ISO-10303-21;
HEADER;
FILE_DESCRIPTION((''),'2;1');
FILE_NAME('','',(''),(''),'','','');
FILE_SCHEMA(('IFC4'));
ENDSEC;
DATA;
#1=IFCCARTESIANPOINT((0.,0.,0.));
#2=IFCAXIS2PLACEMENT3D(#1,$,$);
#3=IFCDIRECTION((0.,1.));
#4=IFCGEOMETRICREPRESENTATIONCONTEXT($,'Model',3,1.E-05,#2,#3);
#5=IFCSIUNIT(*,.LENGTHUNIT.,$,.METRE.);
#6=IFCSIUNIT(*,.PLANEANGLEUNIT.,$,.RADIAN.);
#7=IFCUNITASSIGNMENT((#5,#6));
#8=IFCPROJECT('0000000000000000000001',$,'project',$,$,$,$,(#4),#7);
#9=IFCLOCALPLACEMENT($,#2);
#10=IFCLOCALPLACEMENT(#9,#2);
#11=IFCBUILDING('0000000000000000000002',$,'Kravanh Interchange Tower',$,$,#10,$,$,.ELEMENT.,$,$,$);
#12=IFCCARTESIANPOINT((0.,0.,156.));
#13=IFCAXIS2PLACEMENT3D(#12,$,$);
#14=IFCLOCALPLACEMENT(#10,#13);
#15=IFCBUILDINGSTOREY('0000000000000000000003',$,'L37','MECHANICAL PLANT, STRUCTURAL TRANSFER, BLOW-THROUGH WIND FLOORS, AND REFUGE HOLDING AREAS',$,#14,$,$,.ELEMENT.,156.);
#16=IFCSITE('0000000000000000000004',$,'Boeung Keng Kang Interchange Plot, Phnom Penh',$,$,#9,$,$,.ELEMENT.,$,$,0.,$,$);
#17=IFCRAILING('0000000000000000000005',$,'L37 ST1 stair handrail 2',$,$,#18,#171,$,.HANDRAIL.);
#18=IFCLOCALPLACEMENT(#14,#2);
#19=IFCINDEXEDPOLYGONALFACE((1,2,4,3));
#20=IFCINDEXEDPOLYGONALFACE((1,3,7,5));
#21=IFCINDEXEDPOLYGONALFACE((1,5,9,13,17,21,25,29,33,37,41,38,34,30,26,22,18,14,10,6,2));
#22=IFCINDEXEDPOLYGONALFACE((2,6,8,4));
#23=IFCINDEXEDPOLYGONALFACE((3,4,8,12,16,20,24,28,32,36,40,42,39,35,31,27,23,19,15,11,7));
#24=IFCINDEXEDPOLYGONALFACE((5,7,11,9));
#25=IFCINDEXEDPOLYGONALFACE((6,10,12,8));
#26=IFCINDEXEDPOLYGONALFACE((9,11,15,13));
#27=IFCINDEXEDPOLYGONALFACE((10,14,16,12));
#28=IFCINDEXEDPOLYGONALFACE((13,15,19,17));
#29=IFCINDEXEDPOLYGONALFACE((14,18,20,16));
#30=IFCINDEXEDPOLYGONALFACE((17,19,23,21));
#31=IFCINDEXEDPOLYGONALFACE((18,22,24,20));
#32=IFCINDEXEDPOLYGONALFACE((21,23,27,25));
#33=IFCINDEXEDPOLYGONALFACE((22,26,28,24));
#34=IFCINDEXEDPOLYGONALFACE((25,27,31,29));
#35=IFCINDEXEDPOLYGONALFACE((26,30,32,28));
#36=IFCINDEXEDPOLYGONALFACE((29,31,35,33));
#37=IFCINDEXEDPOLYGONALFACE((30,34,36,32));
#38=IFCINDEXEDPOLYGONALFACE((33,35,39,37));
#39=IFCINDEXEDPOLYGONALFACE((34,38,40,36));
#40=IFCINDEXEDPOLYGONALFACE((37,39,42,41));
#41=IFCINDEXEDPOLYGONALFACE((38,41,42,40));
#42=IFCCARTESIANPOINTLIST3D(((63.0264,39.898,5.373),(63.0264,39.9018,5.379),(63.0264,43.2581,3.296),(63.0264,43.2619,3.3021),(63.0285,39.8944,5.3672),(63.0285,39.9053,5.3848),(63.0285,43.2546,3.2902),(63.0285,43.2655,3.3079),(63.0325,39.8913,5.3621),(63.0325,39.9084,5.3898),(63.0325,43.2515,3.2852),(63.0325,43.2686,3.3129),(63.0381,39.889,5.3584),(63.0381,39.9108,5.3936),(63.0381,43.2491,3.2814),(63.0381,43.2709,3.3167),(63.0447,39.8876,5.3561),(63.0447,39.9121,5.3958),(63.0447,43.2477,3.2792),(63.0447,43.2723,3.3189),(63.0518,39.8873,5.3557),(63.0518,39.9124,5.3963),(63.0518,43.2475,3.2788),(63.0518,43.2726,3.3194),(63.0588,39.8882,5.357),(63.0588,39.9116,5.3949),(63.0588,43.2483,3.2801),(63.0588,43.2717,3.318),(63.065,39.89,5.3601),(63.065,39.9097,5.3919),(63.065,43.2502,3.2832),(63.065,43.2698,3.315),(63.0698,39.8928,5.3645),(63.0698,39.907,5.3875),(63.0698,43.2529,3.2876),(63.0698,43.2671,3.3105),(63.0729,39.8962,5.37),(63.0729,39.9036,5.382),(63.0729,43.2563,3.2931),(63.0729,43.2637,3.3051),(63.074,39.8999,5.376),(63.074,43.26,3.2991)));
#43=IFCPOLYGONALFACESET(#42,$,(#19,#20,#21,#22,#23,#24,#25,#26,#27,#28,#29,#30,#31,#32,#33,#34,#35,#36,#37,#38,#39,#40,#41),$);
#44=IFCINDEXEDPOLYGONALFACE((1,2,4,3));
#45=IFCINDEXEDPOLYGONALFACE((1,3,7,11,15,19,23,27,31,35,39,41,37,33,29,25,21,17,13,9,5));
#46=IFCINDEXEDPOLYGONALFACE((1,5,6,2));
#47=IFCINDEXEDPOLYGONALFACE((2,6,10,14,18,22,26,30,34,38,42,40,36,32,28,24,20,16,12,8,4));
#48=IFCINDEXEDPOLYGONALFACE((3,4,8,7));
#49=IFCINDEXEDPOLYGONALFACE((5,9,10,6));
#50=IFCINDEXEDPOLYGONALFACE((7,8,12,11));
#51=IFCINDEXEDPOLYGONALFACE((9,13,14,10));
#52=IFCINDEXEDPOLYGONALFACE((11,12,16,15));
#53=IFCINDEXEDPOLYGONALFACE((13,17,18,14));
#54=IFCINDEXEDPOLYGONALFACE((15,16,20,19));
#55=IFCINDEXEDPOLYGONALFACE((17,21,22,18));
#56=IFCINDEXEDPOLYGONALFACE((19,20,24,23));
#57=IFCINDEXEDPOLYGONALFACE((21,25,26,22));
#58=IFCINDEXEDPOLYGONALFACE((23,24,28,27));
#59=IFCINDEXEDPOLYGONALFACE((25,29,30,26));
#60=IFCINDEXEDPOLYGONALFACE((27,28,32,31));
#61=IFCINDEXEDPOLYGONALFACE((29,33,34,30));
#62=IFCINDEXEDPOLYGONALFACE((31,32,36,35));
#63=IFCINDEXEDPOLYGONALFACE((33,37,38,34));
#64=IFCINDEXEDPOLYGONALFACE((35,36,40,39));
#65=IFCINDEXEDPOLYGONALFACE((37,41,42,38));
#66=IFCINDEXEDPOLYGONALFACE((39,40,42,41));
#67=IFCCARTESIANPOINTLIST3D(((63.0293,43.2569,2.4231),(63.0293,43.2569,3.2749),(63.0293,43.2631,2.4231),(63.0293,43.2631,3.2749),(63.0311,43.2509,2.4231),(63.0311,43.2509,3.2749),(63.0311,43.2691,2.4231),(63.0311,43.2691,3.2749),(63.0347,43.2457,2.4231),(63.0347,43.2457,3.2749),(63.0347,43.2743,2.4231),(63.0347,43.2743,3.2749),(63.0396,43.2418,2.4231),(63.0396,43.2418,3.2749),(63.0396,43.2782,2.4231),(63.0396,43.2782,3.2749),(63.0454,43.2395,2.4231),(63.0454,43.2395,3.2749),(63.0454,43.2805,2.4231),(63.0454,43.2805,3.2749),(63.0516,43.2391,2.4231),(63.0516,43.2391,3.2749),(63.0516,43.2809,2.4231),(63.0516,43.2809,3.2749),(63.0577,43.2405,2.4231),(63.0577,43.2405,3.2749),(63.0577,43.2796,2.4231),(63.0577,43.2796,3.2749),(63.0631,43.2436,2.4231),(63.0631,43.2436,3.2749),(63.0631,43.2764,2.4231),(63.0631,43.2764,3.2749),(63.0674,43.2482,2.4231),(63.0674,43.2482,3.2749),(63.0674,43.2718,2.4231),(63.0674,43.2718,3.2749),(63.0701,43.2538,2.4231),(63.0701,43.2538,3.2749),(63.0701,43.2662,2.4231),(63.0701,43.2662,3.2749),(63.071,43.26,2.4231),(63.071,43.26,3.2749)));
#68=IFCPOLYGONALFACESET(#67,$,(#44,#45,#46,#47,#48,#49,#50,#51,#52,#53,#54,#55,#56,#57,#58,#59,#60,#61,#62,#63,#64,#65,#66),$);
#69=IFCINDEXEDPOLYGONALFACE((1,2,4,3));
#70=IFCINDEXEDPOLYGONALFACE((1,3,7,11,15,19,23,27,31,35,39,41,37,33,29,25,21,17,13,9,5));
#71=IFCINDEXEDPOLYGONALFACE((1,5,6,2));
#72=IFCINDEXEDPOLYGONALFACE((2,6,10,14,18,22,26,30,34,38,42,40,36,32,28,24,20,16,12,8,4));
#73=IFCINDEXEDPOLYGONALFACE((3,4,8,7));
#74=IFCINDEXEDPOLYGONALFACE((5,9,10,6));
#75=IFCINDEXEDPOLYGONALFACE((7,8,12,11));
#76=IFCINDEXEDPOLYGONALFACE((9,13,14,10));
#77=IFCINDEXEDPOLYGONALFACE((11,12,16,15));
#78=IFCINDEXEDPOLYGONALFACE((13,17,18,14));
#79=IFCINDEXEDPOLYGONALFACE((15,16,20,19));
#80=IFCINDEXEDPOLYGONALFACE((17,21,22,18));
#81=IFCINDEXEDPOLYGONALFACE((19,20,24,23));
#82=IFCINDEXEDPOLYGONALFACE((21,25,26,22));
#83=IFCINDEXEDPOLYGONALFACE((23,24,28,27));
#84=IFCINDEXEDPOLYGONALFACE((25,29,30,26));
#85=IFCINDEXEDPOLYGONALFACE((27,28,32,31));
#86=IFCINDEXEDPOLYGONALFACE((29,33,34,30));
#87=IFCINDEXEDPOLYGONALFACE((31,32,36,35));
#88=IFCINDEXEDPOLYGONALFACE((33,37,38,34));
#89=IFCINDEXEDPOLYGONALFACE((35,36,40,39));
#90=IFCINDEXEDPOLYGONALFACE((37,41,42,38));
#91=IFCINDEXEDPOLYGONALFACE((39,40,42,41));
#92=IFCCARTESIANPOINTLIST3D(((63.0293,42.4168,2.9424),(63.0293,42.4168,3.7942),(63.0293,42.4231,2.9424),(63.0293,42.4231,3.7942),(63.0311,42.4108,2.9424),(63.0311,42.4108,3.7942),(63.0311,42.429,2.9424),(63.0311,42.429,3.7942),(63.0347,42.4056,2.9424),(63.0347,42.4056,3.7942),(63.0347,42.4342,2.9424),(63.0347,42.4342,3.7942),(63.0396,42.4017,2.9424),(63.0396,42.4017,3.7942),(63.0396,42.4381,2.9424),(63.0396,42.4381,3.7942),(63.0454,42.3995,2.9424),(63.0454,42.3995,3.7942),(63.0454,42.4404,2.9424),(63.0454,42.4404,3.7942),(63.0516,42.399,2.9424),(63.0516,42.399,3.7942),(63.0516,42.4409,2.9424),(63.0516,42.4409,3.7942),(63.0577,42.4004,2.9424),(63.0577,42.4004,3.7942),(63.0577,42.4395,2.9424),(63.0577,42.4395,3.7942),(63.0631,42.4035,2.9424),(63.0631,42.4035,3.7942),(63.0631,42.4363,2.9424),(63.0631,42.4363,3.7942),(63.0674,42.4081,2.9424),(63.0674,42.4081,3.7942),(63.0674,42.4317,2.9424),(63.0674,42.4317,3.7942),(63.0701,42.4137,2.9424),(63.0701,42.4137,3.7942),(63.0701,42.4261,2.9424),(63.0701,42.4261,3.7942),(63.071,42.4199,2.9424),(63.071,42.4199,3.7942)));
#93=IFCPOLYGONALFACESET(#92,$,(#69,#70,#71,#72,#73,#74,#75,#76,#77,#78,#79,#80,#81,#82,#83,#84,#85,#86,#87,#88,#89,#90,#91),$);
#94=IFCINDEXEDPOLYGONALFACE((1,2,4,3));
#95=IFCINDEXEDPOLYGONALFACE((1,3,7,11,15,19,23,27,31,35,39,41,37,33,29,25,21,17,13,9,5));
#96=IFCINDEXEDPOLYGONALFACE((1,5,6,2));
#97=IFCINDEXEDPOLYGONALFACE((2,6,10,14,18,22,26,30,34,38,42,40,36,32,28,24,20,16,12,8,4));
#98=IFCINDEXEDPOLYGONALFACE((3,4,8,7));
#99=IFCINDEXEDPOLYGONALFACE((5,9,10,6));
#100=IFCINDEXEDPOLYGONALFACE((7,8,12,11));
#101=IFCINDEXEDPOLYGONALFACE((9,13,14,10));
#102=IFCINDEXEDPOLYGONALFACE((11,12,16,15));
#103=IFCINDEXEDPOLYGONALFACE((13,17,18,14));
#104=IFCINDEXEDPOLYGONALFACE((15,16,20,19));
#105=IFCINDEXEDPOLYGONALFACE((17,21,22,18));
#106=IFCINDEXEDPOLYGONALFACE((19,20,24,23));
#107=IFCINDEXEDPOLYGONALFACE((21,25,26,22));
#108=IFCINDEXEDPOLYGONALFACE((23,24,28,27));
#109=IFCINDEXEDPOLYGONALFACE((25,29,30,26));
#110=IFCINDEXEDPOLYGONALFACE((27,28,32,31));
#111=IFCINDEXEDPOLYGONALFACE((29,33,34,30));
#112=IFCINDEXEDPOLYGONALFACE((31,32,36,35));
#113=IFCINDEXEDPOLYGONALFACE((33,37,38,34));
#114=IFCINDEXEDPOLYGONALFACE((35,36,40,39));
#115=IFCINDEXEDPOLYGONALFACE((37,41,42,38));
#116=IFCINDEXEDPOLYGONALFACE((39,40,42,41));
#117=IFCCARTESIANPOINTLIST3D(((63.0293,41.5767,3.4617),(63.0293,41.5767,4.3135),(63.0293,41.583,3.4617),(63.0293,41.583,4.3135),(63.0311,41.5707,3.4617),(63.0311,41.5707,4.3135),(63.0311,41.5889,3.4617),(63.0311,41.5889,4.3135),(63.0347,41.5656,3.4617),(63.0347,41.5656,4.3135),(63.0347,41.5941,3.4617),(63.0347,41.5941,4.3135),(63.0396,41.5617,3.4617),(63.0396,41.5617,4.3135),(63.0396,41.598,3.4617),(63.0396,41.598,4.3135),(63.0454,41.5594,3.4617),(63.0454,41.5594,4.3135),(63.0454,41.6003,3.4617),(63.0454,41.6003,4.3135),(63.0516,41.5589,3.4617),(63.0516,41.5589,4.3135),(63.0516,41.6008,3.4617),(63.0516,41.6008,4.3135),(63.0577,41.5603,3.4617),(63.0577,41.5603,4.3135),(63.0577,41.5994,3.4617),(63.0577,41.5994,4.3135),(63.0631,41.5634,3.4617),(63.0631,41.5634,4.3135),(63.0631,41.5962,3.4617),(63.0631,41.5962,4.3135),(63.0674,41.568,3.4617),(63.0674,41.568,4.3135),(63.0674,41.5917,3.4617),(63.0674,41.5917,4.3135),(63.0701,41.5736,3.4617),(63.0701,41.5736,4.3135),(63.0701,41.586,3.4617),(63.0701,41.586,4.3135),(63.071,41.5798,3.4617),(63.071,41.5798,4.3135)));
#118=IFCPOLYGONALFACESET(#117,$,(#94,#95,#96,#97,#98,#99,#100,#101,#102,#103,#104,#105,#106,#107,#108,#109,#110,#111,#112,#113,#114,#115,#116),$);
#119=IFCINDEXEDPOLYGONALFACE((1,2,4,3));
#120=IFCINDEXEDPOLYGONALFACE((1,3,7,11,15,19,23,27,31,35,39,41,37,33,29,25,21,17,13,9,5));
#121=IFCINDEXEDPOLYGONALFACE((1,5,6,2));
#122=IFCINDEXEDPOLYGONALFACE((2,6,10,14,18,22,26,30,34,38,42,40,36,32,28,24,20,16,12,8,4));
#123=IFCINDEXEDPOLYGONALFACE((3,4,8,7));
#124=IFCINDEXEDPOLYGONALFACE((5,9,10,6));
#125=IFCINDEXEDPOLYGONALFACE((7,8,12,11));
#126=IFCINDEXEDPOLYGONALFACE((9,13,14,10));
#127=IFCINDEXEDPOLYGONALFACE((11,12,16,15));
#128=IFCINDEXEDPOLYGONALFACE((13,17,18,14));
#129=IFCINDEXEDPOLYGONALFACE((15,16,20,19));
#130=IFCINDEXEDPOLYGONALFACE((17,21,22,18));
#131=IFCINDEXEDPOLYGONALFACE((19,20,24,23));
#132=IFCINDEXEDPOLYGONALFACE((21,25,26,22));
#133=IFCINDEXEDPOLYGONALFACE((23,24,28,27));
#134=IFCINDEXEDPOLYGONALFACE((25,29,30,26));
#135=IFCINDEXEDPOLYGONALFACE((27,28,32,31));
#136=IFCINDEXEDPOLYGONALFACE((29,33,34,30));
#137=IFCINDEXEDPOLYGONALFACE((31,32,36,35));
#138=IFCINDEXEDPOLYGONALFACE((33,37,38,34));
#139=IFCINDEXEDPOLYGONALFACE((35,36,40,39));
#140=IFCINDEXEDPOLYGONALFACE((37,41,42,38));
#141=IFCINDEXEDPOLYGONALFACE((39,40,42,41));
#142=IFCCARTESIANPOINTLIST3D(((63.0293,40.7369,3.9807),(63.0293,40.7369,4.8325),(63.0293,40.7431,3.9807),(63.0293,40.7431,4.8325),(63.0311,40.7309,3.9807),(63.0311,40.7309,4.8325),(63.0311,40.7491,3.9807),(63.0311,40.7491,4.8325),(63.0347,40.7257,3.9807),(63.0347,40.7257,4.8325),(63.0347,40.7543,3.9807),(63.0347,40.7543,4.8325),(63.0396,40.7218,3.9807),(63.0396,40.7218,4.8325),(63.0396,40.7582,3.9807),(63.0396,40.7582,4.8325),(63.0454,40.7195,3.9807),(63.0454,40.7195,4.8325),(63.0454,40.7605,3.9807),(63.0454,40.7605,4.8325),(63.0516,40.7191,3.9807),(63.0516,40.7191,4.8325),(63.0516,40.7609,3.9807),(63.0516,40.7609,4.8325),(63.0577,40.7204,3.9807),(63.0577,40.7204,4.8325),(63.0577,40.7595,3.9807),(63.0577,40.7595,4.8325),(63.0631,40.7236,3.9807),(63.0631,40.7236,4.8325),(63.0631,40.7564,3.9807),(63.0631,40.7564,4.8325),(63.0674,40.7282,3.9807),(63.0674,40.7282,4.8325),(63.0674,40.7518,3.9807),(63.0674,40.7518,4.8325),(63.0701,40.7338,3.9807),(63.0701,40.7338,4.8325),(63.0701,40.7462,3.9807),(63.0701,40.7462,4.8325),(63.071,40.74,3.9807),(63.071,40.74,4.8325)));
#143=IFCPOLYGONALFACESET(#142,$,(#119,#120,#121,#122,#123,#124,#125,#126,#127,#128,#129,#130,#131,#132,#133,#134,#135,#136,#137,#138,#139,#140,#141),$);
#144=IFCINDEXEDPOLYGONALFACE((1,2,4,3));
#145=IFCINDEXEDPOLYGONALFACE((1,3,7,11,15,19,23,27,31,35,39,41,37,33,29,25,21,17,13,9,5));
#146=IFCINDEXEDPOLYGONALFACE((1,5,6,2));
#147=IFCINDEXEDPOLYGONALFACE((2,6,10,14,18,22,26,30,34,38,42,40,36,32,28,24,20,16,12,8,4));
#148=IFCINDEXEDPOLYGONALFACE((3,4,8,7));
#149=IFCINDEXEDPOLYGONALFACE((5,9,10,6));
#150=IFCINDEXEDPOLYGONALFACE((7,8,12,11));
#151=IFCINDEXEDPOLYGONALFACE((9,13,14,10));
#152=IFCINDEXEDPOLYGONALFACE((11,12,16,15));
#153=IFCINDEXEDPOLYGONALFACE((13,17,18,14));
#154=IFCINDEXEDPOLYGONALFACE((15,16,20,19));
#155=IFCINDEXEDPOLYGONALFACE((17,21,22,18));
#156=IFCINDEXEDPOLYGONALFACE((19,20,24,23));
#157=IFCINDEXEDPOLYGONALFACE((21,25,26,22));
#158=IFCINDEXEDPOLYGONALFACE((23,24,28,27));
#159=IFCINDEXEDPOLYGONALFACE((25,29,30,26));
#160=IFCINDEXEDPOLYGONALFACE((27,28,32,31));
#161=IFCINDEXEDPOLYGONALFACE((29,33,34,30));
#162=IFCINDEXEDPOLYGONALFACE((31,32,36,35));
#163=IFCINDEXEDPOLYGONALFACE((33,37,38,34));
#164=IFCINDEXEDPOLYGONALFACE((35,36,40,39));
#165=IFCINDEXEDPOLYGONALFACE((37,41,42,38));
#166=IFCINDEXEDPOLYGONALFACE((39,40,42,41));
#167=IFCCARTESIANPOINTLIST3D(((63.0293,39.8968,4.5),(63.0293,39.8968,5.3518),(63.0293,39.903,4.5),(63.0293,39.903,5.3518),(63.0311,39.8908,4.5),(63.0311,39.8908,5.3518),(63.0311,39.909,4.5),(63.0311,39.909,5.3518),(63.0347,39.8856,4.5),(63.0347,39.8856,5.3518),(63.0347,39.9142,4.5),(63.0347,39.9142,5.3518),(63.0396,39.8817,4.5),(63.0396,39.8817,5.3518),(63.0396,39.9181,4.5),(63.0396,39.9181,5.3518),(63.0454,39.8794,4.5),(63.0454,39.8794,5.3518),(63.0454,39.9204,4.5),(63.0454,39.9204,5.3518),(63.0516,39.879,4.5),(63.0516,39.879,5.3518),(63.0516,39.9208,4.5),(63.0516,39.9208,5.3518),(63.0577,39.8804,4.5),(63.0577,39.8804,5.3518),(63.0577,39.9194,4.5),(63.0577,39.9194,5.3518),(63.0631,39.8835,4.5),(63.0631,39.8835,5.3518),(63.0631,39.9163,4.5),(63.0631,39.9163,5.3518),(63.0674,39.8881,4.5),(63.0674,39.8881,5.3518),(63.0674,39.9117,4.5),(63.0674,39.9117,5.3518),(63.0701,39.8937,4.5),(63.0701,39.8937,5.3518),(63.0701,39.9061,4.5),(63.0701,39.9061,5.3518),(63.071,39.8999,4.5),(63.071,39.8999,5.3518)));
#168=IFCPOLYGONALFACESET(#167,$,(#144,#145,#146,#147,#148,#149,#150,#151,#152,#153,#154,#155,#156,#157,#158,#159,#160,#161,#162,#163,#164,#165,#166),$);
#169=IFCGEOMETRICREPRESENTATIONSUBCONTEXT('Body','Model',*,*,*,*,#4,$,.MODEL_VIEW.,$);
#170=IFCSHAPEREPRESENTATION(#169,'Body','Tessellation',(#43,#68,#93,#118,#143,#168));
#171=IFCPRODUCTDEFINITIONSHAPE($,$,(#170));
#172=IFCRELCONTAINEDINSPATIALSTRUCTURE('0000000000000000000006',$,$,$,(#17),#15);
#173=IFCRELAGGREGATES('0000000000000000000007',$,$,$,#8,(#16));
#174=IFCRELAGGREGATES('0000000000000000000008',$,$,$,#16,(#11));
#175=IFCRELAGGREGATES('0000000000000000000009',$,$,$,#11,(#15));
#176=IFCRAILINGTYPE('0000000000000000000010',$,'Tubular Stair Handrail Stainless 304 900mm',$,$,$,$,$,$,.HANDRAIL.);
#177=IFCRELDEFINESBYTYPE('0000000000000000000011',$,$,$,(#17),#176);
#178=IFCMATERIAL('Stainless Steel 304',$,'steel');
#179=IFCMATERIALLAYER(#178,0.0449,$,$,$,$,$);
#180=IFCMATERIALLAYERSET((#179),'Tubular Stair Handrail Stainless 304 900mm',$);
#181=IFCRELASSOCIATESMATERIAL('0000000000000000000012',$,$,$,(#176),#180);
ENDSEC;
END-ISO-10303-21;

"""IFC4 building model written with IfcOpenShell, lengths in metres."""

from ifc_helpers import new_model, si_unit, direction, frame, origin, origin_2d, place, context, subcontext, project, spatial, circle, extrude, material, layer, layer_set, type_object, element, save


model = new_model("IFC4")

# Units and contexts
model_context = context("Model", 3, precision=1e-05, world=origin(), true_north=direction((0.0, 1.0)))
body_context = subcontext(model_context, "Body", "Model", "MODEL_VIEW")
ifc_project = project(units=[si_unit("LENGTHUNIT", "METRE"), si_unit("PLANEANGLEUNIT", "RADIAN")], contexts=[model_context])

# Site, building, storey
site_placement = place(None, origin())
site = spatial("IfcSite", under=ifc_project, at=site_placement, Name="Boeung Keng Kang Interchange Plot, Phnom Penh", CompositionType="ELEMENT", RefElevation=0.0)
building_placement = place(site_placement, origin())
building = spatial("IfcBuilding", under=site, at=building_placement, Name="Kravanh Interchange Tower", CompositionType="ELEMENT")
storey_placement = place(building_placement, frame((0.0, 0.0, 156.0)))
storey = spatial("IfcBuildingStorey", under=building, at=storey_placement, Name="L37", Description="MECHANICAL PLANT, STRUCTURAL TRANSFER, BLOW-THROUGH WIND FLOORS, AND REFUGE HOLDING AREAS", CompositionType="ELEMENT", Elevation=156.0)

# Railing
ifc_material_1 = material(Name="Stainless Steel 304", Category="steel")
ifc_layer_1 = layer(ifc_material_1, 0.0449)
ifc_layer_set_1 = layer_set([ifc_layer_1], Name="Tubular Stair Handrail Stainless 304 900mm")
railing_type_1 = type_object("IfcRailingType", Name="Tubular Stair Handrail Stainless 304 900mm", PredefinedType="HANDRAIL", material=ifc_layer_set_1)
railing_1_placement = place(storey_placement, frame((63.05, 43.26, 2.4231)))
element("IfcRailing", 1, at=railing_1_placement, inside=storey, type_object=railing_type_1, Name="L37 ST1 stair handrail 2", PredefinedType="HANDRAIL", context=body_context, shape_type="SweptSolid", body=[
    extrude(circle(Radius=0.0239, at=origin_2d()), frame((0.0, 0.0, 0.876), z_axis=(0.0, -0.850623, 0.525776), x_axis=(1.0, 0.0, 0.0)), (0.0, 0.0, 1.0), 3.9502),
    extrude(circle(Radius=0.021, at=origin_2d()), origin(), (0.0, 0.0, 1.0), 0.8518),
    extrude(circle(Radius=0.021, at=origin_2d()), frame((0.0, -0.8401, 0.5193)), (0.0, 0.0, 1.0), 0.8518),
    extrude(circle(Radius=0.021, at=origin_2d()), frame((0.0, -1.6802, 1.0386)), (0.0, 0.0, 1.0), 0.8518),
    extrude(circle(Radius=0.021, at=origin_2d()), frame((0.0, -2.52, 1.5576)), (0.0, 0.0, 1.0), 0.8518),
    extrude(circle(Radius=0.021, at=origin_2d()), frame((0.0, -3.3601, 2.0769)), (0.0, 0.0, 1.0), 0.8518),
])

save(model, "model.ifc")
